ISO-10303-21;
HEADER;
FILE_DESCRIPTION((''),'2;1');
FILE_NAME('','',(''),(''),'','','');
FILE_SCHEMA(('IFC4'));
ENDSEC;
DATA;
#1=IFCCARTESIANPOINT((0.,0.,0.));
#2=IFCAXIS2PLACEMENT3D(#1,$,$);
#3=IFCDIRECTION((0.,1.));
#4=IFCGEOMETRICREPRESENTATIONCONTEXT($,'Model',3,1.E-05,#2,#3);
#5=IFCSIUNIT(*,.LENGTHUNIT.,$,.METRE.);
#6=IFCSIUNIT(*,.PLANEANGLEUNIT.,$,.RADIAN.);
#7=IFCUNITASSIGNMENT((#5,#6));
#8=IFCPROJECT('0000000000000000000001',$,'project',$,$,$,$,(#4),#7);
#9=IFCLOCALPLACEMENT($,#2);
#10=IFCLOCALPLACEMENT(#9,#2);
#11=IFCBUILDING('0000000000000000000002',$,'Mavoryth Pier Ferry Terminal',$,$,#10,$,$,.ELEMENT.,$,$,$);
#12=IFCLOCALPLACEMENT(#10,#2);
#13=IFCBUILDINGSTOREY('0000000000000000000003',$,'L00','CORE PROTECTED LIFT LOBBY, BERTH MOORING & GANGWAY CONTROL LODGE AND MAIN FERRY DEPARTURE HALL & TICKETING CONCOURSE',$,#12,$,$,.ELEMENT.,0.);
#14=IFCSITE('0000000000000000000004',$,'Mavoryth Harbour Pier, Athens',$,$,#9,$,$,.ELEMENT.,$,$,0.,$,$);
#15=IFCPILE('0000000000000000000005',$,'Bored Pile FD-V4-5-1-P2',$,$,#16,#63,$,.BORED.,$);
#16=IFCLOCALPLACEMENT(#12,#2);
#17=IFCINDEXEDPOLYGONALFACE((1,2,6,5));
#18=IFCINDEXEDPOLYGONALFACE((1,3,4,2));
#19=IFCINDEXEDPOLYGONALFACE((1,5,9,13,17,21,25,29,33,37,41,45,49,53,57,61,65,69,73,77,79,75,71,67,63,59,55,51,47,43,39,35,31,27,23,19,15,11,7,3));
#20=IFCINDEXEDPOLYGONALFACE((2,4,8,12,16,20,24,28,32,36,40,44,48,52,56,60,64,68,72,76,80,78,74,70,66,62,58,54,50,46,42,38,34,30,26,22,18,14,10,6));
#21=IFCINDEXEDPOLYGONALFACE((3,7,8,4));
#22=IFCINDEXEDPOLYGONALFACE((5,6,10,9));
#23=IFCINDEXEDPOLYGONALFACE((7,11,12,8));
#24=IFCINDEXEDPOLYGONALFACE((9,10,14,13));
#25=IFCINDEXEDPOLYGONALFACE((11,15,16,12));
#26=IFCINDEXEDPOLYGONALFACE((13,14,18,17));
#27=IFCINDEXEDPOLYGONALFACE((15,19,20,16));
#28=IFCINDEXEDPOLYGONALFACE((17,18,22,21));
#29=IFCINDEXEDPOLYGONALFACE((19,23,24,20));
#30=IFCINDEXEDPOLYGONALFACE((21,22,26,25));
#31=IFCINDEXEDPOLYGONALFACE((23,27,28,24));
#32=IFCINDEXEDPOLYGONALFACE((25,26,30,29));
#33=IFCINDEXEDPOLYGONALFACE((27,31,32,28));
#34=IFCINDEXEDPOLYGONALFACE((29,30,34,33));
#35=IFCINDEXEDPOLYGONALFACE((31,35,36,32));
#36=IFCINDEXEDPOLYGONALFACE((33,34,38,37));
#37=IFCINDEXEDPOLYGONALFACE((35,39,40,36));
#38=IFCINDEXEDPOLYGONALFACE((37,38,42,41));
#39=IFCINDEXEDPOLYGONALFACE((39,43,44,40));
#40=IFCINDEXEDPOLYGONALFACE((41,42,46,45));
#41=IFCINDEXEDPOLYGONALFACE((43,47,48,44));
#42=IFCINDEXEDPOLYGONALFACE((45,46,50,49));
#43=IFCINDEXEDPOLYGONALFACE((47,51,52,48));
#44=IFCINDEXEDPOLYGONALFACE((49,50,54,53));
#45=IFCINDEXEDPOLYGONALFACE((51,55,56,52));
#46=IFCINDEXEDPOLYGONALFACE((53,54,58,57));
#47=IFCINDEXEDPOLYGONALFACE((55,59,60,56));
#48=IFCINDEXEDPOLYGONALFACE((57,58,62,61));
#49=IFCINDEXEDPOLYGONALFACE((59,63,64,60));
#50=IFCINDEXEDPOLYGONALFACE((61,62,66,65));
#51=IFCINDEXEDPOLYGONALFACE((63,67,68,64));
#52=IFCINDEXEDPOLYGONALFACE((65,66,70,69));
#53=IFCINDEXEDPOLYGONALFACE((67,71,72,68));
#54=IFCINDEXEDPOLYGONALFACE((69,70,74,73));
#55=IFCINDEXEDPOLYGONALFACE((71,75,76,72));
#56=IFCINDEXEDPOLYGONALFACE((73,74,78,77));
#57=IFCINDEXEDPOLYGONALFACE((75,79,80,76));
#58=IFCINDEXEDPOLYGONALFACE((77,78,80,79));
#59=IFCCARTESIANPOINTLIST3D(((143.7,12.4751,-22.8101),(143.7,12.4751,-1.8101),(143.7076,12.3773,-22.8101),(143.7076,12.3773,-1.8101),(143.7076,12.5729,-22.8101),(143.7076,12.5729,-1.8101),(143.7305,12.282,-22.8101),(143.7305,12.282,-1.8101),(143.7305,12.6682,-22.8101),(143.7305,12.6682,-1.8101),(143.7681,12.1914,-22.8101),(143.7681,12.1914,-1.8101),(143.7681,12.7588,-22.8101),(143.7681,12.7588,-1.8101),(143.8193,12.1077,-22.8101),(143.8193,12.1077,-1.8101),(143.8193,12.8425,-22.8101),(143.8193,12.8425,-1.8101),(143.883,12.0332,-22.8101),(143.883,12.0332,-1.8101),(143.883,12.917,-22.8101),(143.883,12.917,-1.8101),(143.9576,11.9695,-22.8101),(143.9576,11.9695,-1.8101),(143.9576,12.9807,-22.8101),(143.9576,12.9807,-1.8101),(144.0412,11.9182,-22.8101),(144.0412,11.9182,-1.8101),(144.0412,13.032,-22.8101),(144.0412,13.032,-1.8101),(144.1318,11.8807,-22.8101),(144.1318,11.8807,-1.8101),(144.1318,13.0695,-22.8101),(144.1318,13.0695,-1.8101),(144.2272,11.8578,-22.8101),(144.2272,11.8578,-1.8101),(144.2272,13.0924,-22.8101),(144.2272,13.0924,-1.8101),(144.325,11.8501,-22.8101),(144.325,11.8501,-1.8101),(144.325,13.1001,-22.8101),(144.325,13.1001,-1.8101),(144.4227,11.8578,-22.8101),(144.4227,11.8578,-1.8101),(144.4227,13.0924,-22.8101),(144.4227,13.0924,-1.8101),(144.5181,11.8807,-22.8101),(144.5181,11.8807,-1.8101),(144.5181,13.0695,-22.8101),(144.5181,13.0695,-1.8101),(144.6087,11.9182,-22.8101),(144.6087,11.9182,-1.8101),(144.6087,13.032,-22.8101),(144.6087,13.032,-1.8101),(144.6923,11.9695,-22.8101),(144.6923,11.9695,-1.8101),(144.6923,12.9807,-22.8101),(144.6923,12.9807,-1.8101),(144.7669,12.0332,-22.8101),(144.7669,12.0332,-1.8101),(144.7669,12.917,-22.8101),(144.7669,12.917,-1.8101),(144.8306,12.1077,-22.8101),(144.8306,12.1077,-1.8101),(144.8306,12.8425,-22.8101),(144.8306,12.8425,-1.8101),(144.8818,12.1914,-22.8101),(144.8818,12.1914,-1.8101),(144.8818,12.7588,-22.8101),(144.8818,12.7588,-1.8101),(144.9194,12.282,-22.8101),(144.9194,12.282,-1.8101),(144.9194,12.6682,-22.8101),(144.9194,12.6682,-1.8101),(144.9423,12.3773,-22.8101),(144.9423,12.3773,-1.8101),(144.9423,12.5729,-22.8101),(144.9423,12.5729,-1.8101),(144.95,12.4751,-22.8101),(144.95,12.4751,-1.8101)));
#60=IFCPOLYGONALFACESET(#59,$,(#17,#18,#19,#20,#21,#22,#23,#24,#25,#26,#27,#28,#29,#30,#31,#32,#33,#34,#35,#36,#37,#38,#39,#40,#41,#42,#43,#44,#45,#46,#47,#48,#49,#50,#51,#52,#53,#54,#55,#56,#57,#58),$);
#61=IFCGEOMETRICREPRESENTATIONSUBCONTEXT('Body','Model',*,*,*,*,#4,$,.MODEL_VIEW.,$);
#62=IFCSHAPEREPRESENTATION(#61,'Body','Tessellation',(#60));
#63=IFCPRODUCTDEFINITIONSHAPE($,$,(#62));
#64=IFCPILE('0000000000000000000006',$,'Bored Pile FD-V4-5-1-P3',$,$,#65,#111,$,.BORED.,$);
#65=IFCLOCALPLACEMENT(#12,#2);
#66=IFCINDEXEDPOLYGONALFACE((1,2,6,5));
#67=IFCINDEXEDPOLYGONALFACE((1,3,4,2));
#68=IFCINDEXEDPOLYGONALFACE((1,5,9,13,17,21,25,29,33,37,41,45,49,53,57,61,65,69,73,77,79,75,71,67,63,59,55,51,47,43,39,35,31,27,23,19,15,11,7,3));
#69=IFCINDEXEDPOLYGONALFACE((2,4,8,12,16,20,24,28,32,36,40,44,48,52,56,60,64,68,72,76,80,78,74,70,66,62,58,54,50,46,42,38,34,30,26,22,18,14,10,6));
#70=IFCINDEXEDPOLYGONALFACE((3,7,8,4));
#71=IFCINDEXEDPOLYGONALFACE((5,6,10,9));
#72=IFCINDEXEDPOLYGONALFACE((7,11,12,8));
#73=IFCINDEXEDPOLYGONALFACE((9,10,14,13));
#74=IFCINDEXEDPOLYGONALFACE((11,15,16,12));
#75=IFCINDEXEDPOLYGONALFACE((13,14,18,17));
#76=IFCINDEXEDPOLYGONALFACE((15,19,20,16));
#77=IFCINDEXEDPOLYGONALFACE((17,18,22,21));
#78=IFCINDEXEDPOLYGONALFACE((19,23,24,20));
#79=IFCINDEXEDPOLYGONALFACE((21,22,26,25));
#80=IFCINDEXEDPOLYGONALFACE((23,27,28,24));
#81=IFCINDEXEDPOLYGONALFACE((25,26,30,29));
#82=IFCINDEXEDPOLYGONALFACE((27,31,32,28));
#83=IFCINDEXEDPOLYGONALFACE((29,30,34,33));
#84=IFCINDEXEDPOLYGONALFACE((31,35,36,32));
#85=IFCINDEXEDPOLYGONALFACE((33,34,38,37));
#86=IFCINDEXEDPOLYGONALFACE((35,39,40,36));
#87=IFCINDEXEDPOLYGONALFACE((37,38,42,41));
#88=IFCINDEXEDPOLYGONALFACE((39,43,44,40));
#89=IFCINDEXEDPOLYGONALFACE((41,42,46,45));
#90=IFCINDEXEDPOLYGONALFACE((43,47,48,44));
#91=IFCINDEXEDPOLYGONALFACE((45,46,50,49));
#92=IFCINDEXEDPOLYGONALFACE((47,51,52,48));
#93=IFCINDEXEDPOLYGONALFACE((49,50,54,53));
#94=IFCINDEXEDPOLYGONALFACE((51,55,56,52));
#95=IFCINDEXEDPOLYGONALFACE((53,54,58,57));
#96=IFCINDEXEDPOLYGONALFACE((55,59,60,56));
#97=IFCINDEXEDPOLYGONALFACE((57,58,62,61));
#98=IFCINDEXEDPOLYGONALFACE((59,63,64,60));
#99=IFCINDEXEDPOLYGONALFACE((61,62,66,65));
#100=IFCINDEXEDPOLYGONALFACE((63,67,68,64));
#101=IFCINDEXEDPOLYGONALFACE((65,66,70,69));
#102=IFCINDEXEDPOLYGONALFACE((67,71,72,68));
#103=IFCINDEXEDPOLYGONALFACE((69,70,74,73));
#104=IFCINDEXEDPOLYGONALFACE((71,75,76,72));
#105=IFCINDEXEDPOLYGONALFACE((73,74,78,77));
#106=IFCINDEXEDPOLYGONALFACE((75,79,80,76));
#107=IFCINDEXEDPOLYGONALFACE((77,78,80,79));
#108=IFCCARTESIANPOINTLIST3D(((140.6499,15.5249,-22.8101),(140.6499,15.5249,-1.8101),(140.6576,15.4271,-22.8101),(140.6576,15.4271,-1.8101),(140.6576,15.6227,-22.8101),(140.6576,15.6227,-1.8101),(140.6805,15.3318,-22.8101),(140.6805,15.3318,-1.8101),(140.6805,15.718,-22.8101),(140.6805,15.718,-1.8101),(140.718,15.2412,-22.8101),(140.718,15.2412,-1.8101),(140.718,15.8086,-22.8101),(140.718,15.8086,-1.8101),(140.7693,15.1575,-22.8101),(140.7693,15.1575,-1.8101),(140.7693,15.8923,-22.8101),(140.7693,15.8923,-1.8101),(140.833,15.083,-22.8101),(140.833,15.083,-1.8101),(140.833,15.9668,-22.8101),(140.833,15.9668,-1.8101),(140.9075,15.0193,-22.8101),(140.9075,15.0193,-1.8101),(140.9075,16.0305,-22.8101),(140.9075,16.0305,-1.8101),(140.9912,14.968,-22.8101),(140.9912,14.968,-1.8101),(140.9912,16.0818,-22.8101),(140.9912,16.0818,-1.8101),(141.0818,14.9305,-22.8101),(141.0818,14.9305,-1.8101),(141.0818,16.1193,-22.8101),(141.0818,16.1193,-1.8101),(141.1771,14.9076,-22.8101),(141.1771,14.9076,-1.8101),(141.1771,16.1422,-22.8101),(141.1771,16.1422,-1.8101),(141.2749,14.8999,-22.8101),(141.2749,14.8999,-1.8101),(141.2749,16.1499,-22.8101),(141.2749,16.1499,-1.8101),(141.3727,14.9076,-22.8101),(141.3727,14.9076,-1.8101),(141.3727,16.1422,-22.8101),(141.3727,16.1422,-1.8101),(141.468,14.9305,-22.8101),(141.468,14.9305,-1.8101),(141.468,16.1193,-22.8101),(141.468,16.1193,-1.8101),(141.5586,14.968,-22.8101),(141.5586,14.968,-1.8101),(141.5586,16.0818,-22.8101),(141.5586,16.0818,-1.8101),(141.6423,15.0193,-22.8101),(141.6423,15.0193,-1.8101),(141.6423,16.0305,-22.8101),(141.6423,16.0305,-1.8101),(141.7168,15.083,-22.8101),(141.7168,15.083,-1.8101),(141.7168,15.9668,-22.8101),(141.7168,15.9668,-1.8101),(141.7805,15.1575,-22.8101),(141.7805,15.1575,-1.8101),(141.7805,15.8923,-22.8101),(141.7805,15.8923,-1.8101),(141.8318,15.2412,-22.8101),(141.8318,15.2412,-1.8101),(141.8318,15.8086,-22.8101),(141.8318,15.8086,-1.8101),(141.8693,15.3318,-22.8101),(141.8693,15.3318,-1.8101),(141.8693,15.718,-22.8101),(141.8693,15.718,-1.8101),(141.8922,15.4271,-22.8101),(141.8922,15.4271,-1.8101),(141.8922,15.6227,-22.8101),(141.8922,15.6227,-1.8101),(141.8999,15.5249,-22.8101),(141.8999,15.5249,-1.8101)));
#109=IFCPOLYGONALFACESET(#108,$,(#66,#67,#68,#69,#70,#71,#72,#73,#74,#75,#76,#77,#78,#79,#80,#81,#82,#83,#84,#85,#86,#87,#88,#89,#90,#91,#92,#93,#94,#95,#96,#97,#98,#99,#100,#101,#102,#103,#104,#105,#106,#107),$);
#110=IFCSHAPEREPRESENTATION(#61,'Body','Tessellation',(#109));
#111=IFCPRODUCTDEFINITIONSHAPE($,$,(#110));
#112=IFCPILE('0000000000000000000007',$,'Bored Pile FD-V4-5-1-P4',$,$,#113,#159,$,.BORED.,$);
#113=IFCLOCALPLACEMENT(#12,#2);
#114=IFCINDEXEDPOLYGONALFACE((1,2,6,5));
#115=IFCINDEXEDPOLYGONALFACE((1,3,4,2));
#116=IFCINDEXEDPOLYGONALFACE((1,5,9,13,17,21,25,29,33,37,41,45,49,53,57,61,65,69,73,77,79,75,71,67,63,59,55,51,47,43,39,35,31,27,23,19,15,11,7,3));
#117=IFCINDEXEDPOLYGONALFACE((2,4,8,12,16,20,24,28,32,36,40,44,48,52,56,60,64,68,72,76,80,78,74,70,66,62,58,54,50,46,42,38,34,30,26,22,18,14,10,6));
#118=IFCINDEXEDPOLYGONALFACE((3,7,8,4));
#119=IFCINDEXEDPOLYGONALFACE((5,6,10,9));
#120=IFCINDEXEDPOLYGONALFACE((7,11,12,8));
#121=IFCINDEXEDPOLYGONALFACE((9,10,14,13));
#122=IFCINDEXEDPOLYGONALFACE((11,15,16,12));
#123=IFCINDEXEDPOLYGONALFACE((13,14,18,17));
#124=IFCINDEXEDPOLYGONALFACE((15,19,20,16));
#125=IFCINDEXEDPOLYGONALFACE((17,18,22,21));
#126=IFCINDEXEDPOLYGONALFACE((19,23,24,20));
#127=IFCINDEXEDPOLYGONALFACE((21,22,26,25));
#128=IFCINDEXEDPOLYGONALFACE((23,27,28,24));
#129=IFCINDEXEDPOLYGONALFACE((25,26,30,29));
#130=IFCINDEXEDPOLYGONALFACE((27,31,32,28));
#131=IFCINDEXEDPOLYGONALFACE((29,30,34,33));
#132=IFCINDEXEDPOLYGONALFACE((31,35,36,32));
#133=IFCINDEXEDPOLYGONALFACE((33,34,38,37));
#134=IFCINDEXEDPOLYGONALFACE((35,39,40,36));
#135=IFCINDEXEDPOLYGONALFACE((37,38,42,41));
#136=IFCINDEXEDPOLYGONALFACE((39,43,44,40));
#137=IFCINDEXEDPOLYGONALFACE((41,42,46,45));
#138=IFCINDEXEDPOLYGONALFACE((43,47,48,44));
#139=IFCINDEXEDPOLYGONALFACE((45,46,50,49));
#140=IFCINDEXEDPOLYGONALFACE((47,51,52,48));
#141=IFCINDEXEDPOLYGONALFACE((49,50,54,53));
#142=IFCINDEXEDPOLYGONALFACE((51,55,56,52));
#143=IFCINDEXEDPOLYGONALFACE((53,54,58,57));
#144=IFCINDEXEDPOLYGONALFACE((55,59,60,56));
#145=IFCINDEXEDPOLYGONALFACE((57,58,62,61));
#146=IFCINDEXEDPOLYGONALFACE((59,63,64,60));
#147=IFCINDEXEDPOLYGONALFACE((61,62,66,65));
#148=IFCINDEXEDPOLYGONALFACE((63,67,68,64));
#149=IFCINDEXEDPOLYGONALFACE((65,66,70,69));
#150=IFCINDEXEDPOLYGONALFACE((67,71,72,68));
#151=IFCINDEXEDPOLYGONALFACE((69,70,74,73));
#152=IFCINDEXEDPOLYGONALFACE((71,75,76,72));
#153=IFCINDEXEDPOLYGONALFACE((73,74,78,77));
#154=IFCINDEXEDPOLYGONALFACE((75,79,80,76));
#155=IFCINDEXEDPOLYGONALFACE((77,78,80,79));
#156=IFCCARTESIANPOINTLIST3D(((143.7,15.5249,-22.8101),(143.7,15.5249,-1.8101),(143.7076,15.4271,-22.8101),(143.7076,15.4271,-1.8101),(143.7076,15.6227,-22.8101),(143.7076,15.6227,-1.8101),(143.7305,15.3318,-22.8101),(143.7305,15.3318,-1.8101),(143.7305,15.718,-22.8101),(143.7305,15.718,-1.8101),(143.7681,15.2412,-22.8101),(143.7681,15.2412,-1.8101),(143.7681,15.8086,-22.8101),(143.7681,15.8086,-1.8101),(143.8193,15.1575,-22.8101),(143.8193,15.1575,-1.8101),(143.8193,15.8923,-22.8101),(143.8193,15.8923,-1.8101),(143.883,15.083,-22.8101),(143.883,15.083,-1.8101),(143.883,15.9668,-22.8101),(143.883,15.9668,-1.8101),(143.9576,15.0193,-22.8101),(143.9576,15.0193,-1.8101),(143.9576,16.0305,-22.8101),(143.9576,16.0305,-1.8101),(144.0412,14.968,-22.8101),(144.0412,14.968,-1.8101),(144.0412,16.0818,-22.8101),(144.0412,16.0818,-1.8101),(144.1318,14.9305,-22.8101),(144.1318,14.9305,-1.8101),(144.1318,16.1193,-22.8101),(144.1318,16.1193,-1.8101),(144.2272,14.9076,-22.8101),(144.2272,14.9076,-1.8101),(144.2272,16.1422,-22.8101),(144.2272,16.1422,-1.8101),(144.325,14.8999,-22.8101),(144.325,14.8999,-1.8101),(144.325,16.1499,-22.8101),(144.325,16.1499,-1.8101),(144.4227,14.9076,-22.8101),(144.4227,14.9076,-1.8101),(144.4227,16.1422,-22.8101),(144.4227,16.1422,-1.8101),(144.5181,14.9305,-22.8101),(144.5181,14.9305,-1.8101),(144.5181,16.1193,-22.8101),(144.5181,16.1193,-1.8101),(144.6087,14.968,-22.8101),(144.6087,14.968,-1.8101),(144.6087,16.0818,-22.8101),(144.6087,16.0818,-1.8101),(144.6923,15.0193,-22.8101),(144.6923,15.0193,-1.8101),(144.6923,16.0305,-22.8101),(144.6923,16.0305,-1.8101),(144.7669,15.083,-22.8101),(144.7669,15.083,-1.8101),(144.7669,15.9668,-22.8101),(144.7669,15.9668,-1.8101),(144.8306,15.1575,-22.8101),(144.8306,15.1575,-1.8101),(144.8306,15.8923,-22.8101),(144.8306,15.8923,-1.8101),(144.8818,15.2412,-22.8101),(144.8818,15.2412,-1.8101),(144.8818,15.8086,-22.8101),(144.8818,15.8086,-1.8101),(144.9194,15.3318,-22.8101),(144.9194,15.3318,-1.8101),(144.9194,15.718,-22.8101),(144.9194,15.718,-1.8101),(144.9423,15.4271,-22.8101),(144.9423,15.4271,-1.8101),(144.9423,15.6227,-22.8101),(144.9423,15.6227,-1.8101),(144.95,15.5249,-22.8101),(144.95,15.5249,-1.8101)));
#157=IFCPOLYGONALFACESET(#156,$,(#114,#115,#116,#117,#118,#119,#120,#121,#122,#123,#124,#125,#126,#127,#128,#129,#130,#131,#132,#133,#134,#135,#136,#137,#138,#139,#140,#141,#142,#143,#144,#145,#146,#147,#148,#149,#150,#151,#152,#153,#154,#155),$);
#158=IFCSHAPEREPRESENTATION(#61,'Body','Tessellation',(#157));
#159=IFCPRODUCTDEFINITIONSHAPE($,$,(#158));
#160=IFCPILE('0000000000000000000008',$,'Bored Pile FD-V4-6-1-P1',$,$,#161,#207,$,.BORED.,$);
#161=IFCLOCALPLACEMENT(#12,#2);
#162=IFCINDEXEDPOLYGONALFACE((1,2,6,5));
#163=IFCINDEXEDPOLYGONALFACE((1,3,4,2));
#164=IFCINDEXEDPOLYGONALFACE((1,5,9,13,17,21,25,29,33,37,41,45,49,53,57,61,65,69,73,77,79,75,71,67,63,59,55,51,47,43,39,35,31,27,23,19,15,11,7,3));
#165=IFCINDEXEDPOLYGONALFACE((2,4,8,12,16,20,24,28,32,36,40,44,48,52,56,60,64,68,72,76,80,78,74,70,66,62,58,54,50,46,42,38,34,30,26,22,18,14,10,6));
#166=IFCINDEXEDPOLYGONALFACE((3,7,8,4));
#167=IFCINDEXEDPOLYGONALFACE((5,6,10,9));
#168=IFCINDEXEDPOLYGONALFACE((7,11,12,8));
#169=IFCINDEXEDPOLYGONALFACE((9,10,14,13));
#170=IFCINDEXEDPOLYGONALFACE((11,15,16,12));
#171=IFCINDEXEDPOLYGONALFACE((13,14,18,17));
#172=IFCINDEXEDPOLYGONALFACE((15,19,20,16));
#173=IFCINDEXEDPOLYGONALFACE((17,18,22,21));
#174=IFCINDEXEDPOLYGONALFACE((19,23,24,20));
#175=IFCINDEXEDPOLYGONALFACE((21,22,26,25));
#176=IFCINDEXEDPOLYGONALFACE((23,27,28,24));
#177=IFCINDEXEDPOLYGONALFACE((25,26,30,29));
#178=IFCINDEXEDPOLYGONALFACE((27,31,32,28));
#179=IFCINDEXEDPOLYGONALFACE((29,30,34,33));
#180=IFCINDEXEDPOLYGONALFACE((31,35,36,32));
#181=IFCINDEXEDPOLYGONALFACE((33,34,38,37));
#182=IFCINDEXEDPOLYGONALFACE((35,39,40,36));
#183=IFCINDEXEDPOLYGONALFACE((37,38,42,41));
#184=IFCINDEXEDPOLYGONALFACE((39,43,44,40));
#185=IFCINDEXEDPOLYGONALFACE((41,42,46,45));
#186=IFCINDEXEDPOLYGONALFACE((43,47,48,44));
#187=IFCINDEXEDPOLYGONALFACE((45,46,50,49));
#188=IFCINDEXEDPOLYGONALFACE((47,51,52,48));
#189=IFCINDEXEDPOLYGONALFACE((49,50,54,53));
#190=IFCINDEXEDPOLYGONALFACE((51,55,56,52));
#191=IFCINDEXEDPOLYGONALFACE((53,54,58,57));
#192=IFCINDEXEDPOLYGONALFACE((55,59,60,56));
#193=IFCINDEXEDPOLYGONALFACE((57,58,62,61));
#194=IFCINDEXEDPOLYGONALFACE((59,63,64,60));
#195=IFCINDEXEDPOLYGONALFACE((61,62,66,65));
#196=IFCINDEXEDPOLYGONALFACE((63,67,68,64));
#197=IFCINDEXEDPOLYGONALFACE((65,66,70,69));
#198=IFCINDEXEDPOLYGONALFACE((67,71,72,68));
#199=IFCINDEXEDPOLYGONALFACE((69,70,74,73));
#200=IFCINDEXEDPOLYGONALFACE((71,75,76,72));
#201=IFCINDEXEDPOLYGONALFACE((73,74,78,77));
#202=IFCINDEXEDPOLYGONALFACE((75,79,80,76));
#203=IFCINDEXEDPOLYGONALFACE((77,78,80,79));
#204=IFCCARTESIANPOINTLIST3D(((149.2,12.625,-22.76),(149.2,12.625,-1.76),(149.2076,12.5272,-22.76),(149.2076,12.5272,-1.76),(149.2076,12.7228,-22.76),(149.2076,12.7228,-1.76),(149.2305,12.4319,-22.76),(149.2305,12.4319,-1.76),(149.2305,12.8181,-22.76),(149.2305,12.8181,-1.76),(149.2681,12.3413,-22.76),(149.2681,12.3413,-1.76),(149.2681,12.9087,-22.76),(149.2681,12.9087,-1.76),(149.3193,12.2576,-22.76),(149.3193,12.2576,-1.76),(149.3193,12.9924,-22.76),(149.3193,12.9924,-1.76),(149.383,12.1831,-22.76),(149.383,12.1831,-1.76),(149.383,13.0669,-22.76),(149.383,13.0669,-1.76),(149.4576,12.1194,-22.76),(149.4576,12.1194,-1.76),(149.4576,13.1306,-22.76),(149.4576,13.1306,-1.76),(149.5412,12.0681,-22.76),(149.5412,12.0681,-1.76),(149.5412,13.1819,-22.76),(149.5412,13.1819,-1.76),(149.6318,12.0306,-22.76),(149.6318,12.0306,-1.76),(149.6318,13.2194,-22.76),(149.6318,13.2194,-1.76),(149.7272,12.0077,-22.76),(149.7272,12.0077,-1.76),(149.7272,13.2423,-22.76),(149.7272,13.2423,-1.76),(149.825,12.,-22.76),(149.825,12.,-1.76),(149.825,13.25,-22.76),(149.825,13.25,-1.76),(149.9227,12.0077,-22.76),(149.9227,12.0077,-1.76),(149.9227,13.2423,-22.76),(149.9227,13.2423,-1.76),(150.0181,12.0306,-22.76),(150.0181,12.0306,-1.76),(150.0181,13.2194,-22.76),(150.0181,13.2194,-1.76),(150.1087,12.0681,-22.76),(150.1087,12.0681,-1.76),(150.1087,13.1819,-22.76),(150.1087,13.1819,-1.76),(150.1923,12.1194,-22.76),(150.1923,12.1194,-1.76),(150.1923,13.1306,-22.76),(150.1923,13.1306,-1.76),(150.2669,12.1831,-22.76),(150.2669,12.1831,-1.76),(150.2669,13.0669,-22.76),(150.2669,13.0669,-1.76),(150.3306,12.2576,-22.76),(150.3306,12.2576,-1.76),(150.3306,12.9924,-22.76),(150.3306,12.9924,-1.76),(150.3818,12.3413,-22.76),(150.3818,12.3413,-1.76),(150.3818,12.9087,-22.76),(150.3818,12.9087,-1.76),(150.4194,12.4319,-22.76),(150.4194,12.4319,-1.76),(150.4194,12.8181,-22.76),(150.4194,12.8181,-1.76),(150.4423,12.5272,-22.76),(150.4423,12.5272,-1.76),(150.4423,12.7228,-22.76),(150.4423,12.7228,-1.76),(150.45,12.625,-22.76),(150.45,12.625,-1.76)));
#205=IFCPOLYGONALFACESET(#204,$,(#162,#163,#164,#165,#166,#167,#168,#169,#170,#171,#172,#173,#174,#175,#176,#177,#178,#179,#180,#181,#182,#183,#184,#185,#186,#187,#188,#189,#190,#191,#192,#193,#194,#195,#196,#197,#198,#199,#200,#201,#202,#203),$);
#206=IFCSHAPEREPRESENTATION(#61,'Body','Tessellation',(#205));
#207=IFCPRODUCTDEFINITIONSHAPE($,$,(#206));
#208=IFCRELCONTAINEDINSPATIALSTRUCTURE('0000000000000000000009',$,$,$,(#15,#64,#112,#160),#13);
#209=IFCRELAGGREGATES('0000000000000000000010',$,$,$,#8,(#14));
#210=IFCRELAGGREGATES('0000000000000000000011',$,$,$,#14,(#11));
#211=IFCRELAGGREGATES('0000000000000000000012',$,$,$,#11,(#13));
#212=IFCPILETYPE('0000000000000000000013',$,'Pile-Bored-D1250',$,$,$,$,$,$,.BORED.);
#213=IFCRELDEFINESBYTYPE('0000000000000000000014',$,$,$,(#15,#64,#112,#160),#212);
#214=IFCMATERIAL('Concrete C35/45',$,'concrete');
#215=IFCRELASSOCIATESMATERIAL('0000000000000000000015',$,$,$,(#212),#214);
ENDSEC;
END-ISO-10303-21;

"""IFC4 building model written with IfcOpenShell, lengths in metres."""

from ifc_helpers import new_model, si_unit, direction, frame, origin, origin_2d, place, context, subcontext, project, spatial, circle, extrude, material, material_profile, profile_set, type_object, element, save


model = new_model("IFC4")

# Units and contexts
model_context = context("Model", 3, precision=1e-05, world=origin(), true_north=direction((0.0, 1.0)))
body_context = subcontext(model_context, "Body", "Model", "MODEL_VIEW")
ifc_project = project(units=[si_unit("LENGTHUNIT", "METRE"), si_unit("PLANEANGLEUNIT", "RADIAN")], contexts=[model_context])

# Site, building, storey
site_placement = place(None, origin())
site = spatial("IfcSite", under=ifc_project, at=site_placement, Name="Mavoryth Harbour Pier, Athens", CompositionType="ELEMENT", RefElevation=0.0)
building_placement = place(site_placement, origin())
building = spatial("IfcBuilding", under=site, at=building_placement, Name="Mavoryth Pier Ferry Terminal", CompositionType="ELEMENT")
storey_placement = place(building_placement, origin())
storey = spatial("IfcBuildingStorey", under=building, at=storey_placement, Name="L00", Description="CORE PROTECTED LIFT LOBBY, BERTH MOORING & GANGWAY CONTROL LODGE AND MAIN FERRY DEPARTURE HALL & TICKETING CONCOURSE", CompositionType="ELEMENT", Elevation=0.0)

# Shared definitions
ifc_material_1 = material(Name="Concrete C35/45", Category="concrete")

# Piles
ifc_material_profile_1 = material_profile(ifc_material_1, circle(Radius=0.625, at=origin_2d()), Name="PILE D1250", Category="concrete")
ifc_profile_set_1 = profile_set([ifc_material_profile_1], Name="Concrete C35/45 - PILE D1250")
pile_type = type_object("IfcPileType", Name="Pile-Bored-D1250", PredefinedType="BORED", material=ifc_profile_set_1)
for number, where, z_axis, x_axis, name in (
    (1, (144.325, 12.4751, -1.8101), (0.0, 0.0, -1.0), (1.0, 0.0, 0.0), "Bored Pile FD-V4-5-1-P2"),
    (2, (141.2749, 15.5249, -1.8101), (0.0, 0.0, -1.0), (1.0, 0.0, 0.0), "Bored Pile FD-V4-5-1-P3"),
    (3, (144.325, 15.5249, -1.8101), (0.0, 0.0, -1.0), (1.0, 0.0, 0.0), "Bored Pile FD-V4-5-1-P4"),
    (4, (149.825, 12.625, -1.76), (0.0, 0.0, -1.0), (1.0, 0.0, 0.0), "Bored Pile FD-V4-6-1-P1"),
):
    element("IfcPile", number, at=place(storey_placement, frame(where, z_axis=z_axis, x_axis=x_axis)), inside=storey, type_object=pile_type, Name=name, PredefinedType="BORED", context=body_context, shape_type="SweptSolid", body=[
        extrude(circle(Radius=0.625, at=origin_2d()), origin(), (0.0, 0.0, 1.0), 21.0),
    ])

save(model, "model.ifc")
